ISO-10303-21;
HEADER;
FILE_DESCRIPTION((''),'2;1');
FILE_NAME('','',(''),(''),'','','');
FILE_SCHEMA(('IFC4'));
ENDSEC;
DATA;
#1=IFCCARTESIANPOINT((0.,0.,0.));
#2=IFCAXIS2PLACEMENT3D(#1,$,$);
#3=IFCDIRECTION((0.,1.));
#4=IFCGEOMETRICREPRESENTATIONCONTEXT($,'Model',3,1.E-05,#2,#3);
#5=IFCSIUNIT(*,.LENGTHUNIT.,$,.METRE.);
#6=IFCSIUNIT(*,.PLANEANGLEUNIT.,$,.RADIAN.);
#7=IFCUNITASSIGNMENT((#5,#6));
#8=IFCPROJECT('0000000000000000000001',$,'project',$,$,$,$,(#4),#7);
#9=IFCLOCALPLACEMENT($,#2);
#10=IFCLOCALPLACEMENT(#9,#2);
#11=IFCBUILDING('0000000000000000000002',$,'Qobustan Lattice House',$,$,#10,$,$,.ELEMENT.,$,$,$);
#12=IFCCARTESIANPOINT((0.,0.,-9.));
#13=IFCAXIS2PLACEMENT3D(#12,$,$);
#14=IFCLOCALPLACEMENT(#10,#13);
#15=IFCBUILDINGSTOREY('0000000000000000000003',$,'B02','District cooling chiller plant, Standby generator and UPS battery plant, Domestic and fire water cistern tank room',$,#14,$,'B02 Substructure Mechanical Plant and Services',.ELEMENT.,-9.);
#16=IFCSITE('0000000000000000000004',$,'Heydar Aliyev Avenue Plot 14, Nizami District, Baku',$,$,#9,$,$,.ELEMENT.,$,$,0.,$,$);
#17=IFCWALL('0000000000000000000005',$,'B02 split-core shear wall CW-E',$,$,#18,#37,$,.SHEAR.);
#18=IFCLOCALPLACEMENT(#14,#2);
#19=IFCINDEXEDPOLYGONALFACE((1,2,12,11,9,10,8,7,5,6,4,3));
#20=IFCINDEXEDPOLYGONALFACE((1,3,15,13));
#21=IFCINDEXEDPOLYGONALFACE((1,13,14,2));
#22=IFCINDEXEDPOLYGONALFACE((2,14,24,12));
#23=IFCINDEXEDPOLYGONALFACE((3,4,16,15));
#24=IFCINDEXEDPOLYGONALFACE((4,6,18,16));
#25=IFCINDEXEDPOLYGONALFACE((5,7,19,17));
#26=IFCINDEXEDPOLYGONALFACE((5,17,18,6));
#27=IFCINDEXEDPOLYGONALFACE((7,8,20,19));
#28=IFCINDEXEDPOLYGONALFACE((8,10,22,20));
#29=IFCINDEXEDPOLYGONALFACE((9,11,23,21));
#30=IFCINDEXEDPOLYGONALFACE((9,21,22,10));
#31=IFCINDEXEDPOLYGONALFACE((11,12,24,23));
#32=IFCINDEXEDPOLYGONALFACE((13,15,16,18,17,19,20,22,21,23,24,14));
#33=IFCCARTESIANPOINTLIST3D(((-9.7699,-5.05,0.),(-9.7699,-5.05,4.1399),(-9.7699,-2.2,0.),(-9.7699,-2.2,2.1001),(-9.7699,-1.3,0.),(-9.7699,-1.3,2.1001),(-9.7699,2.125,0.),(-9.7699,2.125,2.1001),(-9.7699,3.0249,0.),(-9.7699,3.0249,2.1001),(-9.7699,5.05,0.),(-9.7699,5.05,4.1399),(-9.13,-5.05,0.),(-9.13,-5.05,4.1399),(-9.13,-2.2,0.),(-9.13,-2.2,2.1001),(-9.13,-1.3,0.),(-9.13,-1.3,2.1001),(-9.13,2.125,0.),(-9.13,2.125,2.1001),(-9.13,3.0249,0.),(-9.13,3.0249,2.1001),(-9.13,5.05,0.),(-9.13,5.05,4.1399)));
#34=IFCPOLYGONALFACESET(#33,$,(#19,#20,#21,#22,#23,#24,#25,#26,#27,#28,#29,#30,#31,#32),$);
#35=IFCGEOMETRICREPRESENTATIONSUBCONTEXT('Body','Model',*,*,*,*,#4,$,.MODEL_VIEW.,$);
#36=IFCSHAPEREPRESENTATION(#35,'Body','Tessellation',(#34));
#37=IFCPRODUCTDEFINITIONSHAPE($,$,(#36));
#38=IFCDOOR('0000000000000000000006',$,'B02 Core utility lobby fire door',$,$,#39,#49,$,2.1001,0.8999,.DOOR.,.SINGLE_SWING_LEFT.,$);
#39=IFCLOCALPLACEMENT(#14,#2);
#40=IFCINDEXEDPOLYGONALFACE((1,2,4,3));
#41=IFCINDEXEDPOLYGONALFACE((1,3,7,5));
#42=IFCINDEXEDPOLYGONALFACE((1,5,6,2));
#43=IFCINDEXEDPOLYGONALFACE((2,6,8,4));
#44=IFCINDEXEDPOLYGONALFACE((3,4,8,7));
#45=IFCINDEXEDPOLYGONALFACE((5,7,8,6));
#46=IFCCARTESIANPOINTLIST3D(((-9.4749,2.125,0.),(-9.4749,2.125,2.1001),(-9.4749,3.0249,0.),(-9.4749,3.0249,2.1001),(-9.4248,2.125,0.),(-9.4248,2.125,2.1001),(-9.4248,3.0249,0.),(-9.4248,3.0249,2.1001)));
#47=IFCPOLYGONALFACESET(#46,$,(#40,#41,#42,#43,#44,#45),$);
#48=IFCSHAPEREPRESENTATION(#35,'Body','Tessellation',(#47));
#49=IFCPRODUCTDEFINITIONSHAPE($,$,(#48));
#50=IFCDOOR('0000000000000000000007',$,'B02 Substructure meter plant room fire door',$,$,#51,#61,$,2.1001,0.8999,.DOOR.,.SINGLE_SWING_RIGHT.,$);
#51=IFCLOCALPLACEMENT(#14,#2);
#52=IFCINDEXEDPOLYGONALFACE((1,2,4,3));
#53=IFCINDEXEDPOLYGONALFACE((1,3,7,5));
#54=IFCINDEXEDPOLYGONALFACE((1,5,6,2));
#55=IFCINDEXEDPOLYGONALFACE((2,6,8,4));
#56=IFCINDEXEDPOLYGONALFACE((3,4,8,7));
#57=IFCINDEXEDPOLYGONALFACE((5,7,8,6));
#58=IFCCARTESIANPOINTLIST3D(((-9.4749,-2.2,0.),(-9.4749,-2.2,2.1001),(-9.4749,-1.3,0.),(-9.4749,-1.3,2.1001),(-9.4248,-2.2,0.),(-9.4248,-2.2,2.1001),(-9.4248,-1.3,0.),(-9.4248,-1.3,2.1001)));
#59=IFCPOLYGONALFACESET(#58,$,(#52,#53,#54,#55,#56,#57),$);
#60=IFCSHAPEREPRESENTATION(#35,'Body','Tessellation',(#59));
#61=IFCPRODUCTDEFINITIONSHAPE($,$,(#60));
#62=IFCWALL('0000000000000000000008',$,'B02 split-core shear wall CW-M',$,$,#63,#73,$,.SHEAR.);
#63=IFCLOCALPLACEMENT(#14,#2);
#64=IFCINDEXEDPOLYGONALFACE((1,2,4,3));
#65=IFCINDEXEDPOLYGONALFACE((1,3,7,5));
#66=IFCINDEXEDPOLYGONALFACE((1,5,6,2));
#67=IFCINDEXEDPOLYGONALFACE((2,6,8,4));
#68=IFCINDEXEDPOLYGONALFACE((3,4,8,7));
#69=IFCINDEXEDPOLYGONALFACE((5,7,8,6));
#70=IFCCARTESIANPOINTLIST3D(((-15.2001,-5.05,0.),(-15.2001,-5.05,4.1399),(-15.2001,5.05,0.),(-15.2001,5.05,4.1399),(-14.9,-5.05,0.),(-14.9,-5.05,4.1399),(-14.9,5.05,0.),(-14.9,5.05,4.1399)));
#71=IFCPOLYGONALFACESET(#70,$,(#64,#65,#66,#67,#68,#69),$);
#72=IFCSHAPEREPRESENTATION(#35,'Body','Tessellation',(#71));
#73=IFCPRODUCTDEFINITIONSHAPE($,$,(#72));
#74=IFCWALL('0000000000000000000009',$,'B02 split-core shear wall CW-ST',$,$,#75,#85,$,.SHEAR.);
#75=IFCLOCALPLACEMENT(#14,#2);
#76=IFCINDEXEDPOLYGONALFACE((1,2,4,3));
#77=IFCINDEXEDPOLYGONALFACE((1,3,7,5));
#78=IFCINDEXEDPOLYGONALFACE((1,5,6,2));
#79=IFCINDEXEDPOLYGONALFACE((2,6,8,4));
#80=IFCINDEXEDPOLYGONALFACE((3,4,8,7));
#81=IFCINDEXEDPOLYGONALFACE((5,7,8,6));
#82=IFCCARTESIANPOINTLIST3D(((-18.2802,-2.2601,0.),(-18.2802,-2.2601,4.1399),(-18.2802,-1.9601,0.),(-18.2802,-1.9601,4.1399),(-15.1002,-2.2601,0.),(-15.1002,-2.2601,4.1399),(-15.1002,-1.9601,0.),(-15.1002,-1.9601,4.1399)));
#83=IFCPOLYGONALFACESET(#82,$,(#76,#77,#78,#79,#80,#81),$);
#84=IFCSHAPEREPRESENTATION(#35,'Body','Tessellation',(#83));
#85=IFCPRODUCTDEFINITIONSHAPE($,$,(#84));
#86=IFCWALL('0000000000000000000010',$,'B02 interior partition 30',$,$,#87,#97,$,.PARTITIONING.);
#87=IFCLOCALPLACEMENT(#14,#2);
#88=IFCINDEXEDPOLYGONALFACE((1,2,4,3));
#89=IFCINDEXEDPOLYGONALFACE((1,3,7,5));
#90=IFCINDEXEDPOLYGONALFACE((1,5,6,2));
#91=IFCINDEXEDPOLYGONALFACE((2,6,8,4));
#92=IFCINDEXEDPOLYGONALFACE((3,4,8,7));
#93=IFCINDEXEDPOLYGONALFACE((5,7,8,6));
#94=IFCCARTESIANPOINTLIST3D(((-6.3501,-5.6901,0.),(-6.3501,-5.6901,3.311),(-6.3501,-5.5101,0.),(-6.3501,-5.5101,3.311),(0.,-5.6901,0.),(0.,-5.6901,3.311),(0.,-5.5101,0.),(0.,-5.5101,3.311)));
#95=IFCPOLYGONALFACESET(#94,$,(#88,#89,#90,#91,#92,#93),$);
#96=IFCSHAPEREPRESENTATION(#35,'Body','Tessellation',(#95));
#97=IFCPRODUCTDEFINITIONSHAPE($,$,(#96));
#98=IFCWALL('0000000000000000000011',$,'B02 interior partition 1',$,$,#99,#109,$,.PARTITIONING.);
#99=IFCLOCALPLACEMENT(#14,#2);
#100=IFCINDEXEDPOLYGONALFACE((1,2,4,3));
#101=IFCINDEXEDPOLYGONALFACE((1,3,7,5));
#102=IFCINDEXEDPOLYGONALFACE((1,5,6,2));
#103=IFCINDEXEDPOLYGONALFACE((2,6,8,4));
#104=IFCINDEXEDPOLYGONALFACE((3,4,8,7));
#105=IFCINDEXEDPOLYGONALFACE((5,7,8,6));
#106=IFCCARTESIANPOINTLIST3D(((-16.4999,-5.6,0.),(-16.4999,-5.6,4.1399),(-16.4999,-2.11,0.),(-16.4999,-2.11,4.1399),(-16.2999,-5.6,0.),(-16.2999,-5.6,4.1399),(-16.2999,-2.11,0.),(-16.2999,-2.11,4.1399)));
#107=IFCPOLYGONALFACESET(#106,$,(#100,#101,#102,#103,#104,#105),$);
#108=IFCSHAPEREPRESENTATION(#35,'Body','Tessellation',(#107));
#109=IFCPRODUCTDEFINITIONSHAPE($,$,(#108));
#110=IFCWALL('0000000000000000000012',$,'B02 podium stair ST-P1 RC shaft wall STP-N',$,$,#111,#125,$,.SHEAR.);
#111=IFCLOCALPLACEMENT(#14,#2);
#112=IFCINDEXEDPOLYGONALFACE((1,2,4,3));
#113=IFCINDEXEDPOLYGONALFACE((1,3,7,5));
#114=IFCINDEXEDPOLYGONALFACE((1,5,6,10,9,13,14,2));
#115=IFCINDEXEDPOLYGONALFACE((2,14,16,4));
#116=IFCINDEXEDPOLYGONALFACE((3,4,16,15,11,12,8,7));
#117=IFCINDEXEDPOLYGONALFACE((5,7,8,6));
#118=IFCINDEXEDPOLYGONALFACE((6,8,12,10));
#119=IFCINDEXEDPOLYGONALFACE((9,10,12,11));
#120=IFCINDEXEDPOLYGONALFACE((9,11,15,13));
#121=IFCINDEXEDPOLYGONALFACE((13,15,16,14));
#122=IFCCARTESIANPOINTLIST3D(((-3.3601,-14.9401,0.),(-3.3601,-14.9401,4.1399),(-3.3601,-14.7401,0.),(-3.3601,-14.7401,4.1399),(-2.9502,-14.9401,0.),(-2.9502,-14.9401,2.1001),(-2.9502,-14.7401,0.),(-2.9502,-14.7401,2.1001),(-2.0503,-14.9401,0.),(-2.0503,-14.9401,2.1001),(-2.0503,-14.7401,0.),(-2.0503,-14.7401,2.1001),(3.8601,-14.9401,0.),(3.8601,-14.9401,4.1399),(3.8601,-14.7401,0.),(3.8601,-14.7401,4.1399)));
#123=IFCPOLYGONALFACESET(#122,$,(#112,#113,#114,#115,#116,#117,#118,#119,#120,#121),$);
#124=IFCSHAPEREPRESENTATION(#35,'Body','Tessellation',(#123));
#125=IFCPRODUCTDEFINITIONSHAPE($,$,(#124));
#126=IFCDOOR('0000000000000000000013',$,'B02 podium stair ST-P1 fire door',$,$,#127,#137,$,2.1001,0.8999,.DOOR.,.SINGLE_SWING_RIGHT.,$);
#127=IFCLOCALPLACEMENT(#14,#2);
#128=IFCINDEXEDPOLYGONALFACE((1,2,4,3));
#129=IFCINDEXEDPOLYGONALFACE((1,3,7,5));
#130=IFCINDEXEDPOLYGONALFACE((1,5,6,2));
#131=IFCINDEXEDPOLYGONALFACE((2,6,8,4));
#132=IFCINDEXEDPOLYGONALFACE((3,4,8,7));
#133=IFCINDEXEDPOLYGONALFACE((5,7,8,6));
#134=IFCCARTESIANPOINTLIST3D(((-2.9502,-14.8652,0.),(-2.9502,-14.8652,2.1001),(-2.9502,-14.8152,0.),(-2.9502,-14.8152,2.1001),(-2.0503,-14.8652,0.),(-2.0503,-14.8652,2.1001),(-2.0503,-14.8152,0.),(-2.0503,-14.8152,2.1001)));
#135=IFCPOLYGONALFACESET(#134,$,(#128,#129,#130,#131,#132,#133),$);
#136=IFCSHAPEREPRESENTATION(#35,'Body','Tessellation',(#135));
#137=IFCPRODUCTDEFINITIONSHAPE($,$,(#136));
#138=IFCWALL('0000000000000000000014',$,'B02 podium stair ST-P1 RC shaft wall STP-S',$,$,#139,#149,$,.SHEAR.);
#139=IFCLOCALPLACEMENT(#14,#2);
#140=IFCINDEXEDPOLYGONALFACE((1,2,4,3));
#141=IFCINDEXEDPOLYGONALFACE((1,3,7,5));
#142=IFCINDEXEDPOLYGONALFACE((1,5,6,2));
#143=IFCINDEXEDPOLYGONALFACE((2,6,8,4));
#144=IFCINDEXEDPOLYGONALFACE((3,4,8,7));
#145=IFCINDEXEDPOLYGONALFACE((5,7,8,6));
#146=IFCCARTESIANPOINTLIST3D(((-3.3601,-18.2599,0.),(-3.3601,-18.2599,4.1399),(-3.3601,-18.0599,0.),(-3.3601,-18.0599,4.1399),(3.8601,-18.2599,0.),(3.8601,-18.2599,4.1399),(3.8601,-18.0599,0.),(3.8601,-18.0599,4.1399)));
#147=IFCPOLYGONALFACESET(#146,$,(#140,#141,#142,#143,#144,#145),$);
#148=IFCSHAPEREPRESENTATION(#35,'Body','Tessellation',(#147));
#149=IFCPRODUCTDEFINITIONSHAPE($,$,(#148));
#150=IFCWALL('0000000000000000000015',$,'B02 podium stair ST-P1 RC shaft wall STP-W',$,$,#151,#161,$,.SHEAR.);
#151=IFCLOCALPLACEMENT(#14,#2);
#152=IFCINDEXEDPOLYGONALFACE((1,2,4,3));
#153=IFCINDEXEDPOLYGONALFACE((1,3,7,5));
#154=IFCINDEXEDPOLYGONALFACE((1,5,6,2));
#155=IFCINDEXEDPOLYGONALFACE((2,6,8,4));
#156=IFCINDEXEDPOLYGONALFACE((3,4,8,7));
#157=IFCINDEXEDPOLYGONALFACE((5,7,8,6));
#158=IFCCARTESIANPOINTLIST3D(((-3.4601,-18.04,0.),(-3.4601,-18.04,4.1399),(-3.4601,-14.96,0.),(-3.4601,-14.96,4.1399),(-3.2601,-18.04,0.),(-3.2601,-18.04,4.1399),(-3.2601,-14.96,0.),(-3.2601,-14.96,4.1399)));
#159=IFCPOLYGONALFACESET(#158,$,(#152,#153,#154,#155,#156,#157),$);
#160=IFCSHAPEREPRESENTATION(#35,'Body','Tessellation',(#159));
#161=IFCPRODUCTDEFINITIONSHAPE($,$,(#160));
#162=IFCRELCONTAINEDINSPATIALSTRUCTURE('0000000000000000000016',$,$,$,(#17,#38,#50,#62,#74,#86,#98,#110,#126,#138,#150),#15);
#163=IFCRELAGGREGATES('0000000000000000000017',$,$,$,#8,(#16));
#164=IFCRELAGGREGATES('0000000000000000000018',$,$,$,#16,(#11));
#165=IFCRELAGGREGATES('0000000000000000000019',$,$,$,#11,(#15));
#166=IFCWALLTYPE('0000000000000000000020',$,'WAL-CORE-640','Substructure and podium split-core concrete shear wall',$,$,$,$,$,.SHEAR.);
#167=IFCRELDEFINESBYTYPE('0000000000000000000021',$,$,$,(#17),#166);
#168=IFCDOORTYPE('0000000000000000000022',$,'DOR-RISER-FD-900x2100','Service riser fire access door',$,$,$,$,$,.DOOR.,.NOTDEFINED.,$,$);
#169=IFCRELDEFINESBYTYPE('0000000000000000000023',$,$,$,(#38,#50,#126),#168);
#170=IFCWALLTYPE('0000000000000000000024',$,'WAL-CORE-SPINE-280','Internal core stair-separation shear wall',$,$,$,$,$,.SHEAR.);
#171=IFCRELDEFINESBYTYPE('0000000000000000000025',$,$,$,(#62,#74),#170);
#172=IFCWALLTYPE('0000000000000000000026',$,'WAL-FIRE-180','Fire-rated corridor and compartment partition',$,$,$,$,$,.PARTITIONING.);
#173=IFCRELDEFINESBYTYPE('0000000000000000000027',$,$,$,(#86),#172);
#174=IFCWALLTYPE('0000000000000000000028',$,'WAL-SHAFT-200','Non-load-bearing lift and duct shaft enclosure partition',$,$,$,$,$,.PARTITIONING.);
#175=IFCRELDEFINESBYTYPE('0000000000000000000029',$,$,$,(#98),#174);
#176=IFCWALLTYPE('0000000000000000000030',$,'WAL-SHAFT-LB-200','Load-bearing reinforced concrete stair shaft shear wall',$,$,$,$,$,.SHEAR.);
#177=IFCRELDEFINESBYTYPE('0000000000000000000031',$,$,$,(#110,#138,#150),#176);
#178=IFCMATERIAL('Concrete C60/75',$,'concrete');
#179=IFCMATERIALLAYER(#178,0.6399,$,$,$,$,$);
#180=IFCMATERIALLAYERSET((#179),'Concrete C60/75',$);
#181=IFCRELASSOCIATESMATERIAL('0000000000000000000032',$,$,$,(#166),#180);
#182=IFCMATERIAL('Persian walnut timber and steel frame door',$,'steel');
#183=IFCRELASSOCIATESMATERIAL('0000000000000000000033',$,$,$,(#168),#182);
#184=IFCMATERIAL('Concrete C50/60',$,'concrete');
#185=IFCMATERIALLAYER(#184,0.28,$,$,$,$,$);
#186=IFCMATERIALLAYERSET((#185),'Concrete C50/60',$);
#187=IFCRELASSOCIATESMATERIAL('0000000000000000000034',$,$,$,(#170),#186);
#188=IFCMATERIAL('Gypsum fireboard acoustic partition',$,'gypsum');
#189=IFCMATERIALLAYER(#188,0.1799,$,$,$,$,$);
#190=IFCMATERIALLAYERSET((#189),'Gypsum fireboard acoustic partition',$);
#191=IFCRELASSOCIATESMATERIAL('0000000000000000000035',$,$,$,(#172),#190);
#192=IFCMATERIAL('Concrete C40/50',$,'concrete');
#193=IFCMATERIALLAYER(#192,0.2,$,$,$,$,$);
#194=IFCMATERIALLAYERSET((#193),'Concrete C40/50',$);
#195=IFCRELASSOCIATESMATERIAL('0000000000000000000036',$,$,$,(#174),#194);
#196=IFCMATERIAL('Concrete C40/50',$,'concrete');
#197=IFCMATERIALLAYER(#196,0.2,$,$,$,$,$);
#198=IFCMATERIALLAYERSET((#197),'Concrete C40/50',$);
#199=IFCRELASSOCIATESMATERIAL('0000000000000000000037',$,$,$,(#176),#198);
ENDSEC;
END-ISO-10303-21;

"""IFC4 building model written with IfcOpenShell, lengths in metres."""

from ifc_helpers import new_model, si_unit, direction, frame, frame_2d, origin, place, context, subcontext, project, spatial, rectangle, extrude, material, layer, layer_set, type_object, element, fill, save


model = new_model("IFC4")

# Units and contexts
model_context = context("Model", 3, precision=1e-05, world=origin(), true_north=direction((0.0, 1.0)))
body_context = subcontext(model_context, "Body", "Model", "MODEL_VIEW")
ifc_project = project(units=[si_unit("LENGTHUNIT", "METRE"), si_unit("PLANEANGLEUNIT", "RADIAN")], contexts=[model_context])

# Site, building, storey
site_placement = place(None, origin())
site = spatial("IfcSite", under=ifc_project, at=site_placement, Name="Heydar Aliyev Avenue Plot 14, Nizami District, Baku", CompositionType="ELEMENT", RefElevation=0.0)
building_placement = place(site_placement, origin())
building = spatial("IfcBuilding", under=site, at=building_placement, Name="Qobustan Lattice House", CompositionType="ELEMENT")
storey_placement = place(building_placement, frame((0.0, 0.0, -9.0)))
storey = spatial("IfcBuildingStorey", under=building, at=storey_placement, Name="B02", Description="District cooling chiller plant, Standby generator and UPS battery plant, Domestic and fire water cistern tank room", LongName="B02 Substructure Mechanical Plant and Services", CompositionType="ELEMENT", Elevation=-9.0)

# Shared definitions
ifc_material_1 = material(Name="Concrete C60/75", Category="concrete")
ifc_layer_1 = layer(ifc_material_1, 0.6399)
ifc_layer_set_1 = layer_set([ifc_layer_1], Name="Concrete C60/75")
wall_type_1 = type_object("IfcWallType", Name="WAL-CORE-640", Description="Substructure and podium split-core concrete shear wall", PredefinedType="SHEAR", material=ifc_layer_set_1)
ifc_material_2 = material(Name="Persian walnut timber and steel frame door", Category="steel")
door_type = type_object("IfcDoorType", Name="DOR-RISER-FD-900x2100", Description="Service riser fire access door", OperationType="NOTDEFINED", PredefinedType="DOOR", material=ifc_material_2)

# Wall, openings, doors
wall_1_placement = place(storey_placement, frame((-9.45, -5.05, 0.0), z_axis=(0.0, 0.0, 1.0), x_axis=(0.0, 1.0, 0.0)))
wall_1 = element("IfcWall", 1, at=wall_1_placement, inside=storey, type_object=wall_type_1, Name="B02 split-core shear wall CW-E", PredefinedType="SHEAR", context=body_context, shape_type="SweptSolid", body=[
    extrude(rectangle(XDim=10.1001, YDim=0.6399, at=frame_2d((5.05, 0.0))), origin(), (0.0, 0.0, 1.0), 4.1399),
])
opening_1_placement = place(wall_1_placement, frame((7.175, 0.0, 0.0)))
opening_1 = element("IfcOpeningElement", 2, at=opening_1_placement, cuts=wall_1, PredefinedType="OPENING", context=body_context, shape_type="SweptSolid", body=[
    extrude(rectangle(XDim=0.8999, YDim=2.1001, at=frame_2d((0.45, 1.05))), frame((0.0, 0.3298, 0.0), z_axis=(0.0, -1.0, 0.0), x_axis=(1.0, 0.0, 0.0)), (0.0, 0.0, 1.0), 0.6599),
])
opening_2_placement = place(wall_1_placement, frame((2.8501, 0.0, 0.0)))
opening_2 = element("IfcOpeningElement", 3, at=opening_2_placement, cuts=wall_1, PredefinedType="OPENING", context=body_context, shape_type="SweptSolid", body=[
    extrude(rectangle(XDim=0.8999, YDim=2.1001, at=frame_2d((0.45, 1.05))), frame((0.0, 0.3298, 0.0), z_axis=(0.0, -1.0, 0.0), x_axis=(1.0, 0.0, 0.0)), (0.0, 0.0, 1.0), 0.6599),
])
door_1_placement = place(opening_1_placement, origin())
door_1 = element("IfcDoor", 4, at=door_1_placement, inside=storey, type_object=door_type, Name="B02 Core utility lobby fire door", OperationType="SINGLE_SWING_LEFT", OverallHeight=2.1001, OverallWidth=0.8999, PredefinedType="DOOR", context=body_context, shape_type="SweptSolid", body=[
    extrude(rectangle(XDim=0.8999, YDim=2.1001, at=frame_2d((0.45, 1.05))), frame((0.0, 0.0249, 0.0), z_axis=(0.0, -1.0, 0.0), x_axis=(1.0, 0.0, 0.0)), (0.0, 0.0, 1.0), 0.05),
])
fill(opening_1, door_1)
door_2_placement = place(opening_2_placement, origin())
door_2 = element("IfcDoor", 5, at=door_2_placement, inside=storey, type_object=door_type, Name="B02 Substructure meter plant room fire door", OperationType="SINGLE_SWING_RIGHT", OverallHeight=2.1001, OverallWidth=0.8999, PredefinedType="DOOR", context=body_context, shape_type="SweptSolid", body=[
    extrude(rectangle(XDim=0.8999, YDim=2.1001, at=frame_2d((0.45, 1.05))), frame((0.0, 0.0249, 0.0), z_axis=(0.0, -1.0, 0.0), x_axis=(1.0, 0.0, 0.0)), (0.0, 0.0, 1.0), 0.05),
])
fill(opening_2, door_2)

# Walls
ifc_material_3 = material(Name="Concrete C50/60", Category="concrete")
ifc_layer_2 = layer(ifc_material_3, 0.28)
ifc_layer_set_2 = layer_set([ifc_layer_2], Name="Concrete C50/60")
wall_type_2 = type_object("IfcWallType", Name="WAL-CORE-SPINE-280", Description="Internal core stair-separation shear wall", PredefinedType="SHEAR", material=ifc_layer_set_2)
wall_2_placement = place(storey_placement, frame((-15.05, -5.05, 0.0), z_axis=(0.0, 0.0, 1.0), x_axis=(0.0, 1.0, 0.0)))
element("IfcWall", 6, at=wall_2_placement, inside=storey, type_object=wall_type_2, Name="B02 split-core shear wall CW-M", PredefinedType="SHEAR", context=body_context, shape_type="SweptSolid", body=[
    extrude(rectangle(XDim=10.1001, YDim=0.3, at=frame_2d((5.05, 0.0))), origin(), (0.0, 0.0, 1.0), 4.1399),
])
wall_3_placement = place(storey_placement, frame((-18.28, -2.1101, 0.0), z_axis=(0.0, 0.0, 1.0), x_axis=(1.0, 0.0, 0.0)))
element("IfcWall", 7, at=wall_3_placement, inside=storey, type_object=wall_type_2, Name="B02 split-core shear wall CW-ST", PredefinedType="SHEAR", context=body_context, shape_type="SweptSolid", body=[
    extrude(rectangle(XDim=3.1799, YDim=0.3, at=frame_2d((1.5898, 0.0))), origin(), (0.0, 0.0, 1.0), 4.1399),
])
ifc_material_4 = material(Name="Gypsum fireboard acoustic partition", Category="gypsum")
ifc_layer_3 = layer(ifc_material_4, 0.1799)
ifc_layer_set_3 = layer_set([ifc_layer_3], Name="Gypsum fireboard acoustic partition")
wall_type_3 = type_object("IfcWallType", Name="WAL-FIRE-180", Description="Fire-rated corridor and compartment partition", PredefinedType="PARTITIONING", material=ifc_layer_set_3)
wall_4_placement = place(storey_placement, frame((-6.3501, -5.6001, 0.0), z_axis=(0.0, 0.0, 1.0), x_axis=(1.0, 0.0, 0.0)))
element("IfcWall", 8, at=wall_4_placement, inside=storey, type_object=wall_type_3, Name="B02 interior partition 30", PredefinedType="PARTITIONING", context=body_context, shape_type="SweptSolid", body=[
    extrude(rectangle(XDim=6.3501, YDim=0.1799, at=frame_2d((3.175, 0.0))), origin(), (0.0, 0.0, 1.0), 3.311),
])
ifc_material_5 = material(Name="Concrete C40/50", Category="concrete")
ifc_layer_4 = layer(ifc_material_5, 0.2)
ifc_layer_set_4 = layer_set([ifc_layer_4], Name="Concrete C40/50")
wall_type_4 = type_object("IfcWallType", Name="WAL-SHAFT-200", Description="Non-load-bearing lift and duct shaft enclosure partition", PredefinedType="PARTITIONING", material=ifc_layer_set_4)
wall_5_placement = place(storey_placement, frame((-16.3999, -5.6001, 0.0), z_axis=(0.0, 0.0, 1.0), x_axis=(0.0, 1.0, 0.0)))
element("IfcWall", 9, at=wall_5_placement, inside=storey, type_object=wall_type_4, Name="B02 interior partition 1", PredefinedType="PARTITIONING", context=body_context, shape_type="SweptSolid", body=[
    extrude(rectangle(XDim=3.49, YDim=0.2, at=frame_2d((1.7451, 0.0))), origin(), (0.0, 0.0, 1.0), 4.1399),
])

# Wall, opening, door
ifc_material_6 = material(Name="Concrete C40/50", Category="concrete")
ifc_layer_5 = layer(ifc_material_6, 0.2)
ifc_layer_set_5 = layer_set([ifc_layer_5], Name="Concrete C40/50")
wall_type_5 = type_object("IfcWallType", Name="WAL-SHAFT-LB-200", Description="Load-bearing reinforced concrete stair shaft shear wall", PredefinedType="SHEAR", material=ifc_layer_set_5)
wall_6_placement = place(storey_placement, frame((-3.3601, -14.8401, 0.0), z_axis=(0.0, 0.0, 1.0), x_axis=(1.0, 0.0, 0.0)))
wall_6 = element("IfcWall", 10, at=wall_6_placement, inside=storey, type_object=wall_type_5, Name="B02 podium stair ST-P1 RC shaft wall STP-N", PredefinedType="SHEAR", context=body_context, shape_type="SweptSolid", body=[
    extrude(rectangle(XDim=7.2202, YDim=0.2, at=frame_2d((3.6101, 0.0))), origin(), (0.0, 0.0, 1.0), 4.1399),
])
opening_3_placement = place(wall_6_placement, frame((0.4099, 0.0, 0.0)))
opening_3 = element("IfcOpeningElement", 11, at=opening_3_placement, cuts=wall_6, PredefinedType="OPENING", context=body_context, shape_type="SweptSolid", body=[
    extrude(rectangle(XDim=0.8999, YDim=2.1001, at=frame_2d((0.45, 1.05))), frame((0.0, 0.1099, 0.0), z_axis=(0.0, -1.0, 0.0), x_axis=(1.0, 0.0, 0.0)), (0.0, 0.0, 1.0), 0.22),
])
door_3_placement = place(opening_3_placement, origin())
door_3 = element("IfcDoor", 12, at=door_3_placement, inside=storey, type_object=door_type, Name="B02 podium stair ST-P1 fire door", OperationType="SINGLE_SWING_RIGHT", OverallHeight=2.1001, OverallWidth=0.8999, PredefinedType="DOOR", context=body_context, shape_type="SweptSolid", body=[
    extrude(rectangle(XDim=0.8999, YDim=2.1001, at=frame_2d((0.45, 1.05))), frame((0.0, 0.0249, 0.0), z_axis=(0.0, -1.0, 0.0), x_axis=(1.0, 0.0, 0.0)), (0.0, 0.0, 1.0), 0.05),
])
fill(opening_3, door_3)

# Walls
wall_7_placement = place(storey_placement, frame((-3.3601, -18.1599, 0.0), z_axis=(0.0, 0.0, 1.0), x_axis=(1.0, 0.0, 0.0)))
element("IfcWall", 13, at=wall_7_placement, inside=storey, type_object=wall_type_5, Name="B02 podium stair ST-P1 RC shaft wall STP-S", PredefinedType="SHEAR", context=body_context, shape_type="SweptSolid", body=[
    extrude(rectangle(XDim=7.2202, YDim=0.2, at=frame_2d((3.6101, 0.0))), origin(), (0.0, 0.0, 1.0), 4.1399),
])
wall_8_placement = place(storey_placement, frame((-3.3601, -18.04, 0.0), z_axis=(0.0, 0.0, 1.0), x_axis=(0.0, 1.0, 0.0)))
element("IfcWall", 14, at=wall_8_placement, inside=storey, type_object=wall_type_5, Name="B02 podium stair ST-P1 RC shaft wall STP-W", PredefinedType="SHEAR", context=body_context, shape_type="SweptSolid", body=[
    extrude(rectangle(XDim=3.0801, YDim=0.2, at=frame_2d((1.54, 0.0))), origin(), (0.0, 0.0, 1.0), 4.1399),
])

save(model, "model.ifc")
